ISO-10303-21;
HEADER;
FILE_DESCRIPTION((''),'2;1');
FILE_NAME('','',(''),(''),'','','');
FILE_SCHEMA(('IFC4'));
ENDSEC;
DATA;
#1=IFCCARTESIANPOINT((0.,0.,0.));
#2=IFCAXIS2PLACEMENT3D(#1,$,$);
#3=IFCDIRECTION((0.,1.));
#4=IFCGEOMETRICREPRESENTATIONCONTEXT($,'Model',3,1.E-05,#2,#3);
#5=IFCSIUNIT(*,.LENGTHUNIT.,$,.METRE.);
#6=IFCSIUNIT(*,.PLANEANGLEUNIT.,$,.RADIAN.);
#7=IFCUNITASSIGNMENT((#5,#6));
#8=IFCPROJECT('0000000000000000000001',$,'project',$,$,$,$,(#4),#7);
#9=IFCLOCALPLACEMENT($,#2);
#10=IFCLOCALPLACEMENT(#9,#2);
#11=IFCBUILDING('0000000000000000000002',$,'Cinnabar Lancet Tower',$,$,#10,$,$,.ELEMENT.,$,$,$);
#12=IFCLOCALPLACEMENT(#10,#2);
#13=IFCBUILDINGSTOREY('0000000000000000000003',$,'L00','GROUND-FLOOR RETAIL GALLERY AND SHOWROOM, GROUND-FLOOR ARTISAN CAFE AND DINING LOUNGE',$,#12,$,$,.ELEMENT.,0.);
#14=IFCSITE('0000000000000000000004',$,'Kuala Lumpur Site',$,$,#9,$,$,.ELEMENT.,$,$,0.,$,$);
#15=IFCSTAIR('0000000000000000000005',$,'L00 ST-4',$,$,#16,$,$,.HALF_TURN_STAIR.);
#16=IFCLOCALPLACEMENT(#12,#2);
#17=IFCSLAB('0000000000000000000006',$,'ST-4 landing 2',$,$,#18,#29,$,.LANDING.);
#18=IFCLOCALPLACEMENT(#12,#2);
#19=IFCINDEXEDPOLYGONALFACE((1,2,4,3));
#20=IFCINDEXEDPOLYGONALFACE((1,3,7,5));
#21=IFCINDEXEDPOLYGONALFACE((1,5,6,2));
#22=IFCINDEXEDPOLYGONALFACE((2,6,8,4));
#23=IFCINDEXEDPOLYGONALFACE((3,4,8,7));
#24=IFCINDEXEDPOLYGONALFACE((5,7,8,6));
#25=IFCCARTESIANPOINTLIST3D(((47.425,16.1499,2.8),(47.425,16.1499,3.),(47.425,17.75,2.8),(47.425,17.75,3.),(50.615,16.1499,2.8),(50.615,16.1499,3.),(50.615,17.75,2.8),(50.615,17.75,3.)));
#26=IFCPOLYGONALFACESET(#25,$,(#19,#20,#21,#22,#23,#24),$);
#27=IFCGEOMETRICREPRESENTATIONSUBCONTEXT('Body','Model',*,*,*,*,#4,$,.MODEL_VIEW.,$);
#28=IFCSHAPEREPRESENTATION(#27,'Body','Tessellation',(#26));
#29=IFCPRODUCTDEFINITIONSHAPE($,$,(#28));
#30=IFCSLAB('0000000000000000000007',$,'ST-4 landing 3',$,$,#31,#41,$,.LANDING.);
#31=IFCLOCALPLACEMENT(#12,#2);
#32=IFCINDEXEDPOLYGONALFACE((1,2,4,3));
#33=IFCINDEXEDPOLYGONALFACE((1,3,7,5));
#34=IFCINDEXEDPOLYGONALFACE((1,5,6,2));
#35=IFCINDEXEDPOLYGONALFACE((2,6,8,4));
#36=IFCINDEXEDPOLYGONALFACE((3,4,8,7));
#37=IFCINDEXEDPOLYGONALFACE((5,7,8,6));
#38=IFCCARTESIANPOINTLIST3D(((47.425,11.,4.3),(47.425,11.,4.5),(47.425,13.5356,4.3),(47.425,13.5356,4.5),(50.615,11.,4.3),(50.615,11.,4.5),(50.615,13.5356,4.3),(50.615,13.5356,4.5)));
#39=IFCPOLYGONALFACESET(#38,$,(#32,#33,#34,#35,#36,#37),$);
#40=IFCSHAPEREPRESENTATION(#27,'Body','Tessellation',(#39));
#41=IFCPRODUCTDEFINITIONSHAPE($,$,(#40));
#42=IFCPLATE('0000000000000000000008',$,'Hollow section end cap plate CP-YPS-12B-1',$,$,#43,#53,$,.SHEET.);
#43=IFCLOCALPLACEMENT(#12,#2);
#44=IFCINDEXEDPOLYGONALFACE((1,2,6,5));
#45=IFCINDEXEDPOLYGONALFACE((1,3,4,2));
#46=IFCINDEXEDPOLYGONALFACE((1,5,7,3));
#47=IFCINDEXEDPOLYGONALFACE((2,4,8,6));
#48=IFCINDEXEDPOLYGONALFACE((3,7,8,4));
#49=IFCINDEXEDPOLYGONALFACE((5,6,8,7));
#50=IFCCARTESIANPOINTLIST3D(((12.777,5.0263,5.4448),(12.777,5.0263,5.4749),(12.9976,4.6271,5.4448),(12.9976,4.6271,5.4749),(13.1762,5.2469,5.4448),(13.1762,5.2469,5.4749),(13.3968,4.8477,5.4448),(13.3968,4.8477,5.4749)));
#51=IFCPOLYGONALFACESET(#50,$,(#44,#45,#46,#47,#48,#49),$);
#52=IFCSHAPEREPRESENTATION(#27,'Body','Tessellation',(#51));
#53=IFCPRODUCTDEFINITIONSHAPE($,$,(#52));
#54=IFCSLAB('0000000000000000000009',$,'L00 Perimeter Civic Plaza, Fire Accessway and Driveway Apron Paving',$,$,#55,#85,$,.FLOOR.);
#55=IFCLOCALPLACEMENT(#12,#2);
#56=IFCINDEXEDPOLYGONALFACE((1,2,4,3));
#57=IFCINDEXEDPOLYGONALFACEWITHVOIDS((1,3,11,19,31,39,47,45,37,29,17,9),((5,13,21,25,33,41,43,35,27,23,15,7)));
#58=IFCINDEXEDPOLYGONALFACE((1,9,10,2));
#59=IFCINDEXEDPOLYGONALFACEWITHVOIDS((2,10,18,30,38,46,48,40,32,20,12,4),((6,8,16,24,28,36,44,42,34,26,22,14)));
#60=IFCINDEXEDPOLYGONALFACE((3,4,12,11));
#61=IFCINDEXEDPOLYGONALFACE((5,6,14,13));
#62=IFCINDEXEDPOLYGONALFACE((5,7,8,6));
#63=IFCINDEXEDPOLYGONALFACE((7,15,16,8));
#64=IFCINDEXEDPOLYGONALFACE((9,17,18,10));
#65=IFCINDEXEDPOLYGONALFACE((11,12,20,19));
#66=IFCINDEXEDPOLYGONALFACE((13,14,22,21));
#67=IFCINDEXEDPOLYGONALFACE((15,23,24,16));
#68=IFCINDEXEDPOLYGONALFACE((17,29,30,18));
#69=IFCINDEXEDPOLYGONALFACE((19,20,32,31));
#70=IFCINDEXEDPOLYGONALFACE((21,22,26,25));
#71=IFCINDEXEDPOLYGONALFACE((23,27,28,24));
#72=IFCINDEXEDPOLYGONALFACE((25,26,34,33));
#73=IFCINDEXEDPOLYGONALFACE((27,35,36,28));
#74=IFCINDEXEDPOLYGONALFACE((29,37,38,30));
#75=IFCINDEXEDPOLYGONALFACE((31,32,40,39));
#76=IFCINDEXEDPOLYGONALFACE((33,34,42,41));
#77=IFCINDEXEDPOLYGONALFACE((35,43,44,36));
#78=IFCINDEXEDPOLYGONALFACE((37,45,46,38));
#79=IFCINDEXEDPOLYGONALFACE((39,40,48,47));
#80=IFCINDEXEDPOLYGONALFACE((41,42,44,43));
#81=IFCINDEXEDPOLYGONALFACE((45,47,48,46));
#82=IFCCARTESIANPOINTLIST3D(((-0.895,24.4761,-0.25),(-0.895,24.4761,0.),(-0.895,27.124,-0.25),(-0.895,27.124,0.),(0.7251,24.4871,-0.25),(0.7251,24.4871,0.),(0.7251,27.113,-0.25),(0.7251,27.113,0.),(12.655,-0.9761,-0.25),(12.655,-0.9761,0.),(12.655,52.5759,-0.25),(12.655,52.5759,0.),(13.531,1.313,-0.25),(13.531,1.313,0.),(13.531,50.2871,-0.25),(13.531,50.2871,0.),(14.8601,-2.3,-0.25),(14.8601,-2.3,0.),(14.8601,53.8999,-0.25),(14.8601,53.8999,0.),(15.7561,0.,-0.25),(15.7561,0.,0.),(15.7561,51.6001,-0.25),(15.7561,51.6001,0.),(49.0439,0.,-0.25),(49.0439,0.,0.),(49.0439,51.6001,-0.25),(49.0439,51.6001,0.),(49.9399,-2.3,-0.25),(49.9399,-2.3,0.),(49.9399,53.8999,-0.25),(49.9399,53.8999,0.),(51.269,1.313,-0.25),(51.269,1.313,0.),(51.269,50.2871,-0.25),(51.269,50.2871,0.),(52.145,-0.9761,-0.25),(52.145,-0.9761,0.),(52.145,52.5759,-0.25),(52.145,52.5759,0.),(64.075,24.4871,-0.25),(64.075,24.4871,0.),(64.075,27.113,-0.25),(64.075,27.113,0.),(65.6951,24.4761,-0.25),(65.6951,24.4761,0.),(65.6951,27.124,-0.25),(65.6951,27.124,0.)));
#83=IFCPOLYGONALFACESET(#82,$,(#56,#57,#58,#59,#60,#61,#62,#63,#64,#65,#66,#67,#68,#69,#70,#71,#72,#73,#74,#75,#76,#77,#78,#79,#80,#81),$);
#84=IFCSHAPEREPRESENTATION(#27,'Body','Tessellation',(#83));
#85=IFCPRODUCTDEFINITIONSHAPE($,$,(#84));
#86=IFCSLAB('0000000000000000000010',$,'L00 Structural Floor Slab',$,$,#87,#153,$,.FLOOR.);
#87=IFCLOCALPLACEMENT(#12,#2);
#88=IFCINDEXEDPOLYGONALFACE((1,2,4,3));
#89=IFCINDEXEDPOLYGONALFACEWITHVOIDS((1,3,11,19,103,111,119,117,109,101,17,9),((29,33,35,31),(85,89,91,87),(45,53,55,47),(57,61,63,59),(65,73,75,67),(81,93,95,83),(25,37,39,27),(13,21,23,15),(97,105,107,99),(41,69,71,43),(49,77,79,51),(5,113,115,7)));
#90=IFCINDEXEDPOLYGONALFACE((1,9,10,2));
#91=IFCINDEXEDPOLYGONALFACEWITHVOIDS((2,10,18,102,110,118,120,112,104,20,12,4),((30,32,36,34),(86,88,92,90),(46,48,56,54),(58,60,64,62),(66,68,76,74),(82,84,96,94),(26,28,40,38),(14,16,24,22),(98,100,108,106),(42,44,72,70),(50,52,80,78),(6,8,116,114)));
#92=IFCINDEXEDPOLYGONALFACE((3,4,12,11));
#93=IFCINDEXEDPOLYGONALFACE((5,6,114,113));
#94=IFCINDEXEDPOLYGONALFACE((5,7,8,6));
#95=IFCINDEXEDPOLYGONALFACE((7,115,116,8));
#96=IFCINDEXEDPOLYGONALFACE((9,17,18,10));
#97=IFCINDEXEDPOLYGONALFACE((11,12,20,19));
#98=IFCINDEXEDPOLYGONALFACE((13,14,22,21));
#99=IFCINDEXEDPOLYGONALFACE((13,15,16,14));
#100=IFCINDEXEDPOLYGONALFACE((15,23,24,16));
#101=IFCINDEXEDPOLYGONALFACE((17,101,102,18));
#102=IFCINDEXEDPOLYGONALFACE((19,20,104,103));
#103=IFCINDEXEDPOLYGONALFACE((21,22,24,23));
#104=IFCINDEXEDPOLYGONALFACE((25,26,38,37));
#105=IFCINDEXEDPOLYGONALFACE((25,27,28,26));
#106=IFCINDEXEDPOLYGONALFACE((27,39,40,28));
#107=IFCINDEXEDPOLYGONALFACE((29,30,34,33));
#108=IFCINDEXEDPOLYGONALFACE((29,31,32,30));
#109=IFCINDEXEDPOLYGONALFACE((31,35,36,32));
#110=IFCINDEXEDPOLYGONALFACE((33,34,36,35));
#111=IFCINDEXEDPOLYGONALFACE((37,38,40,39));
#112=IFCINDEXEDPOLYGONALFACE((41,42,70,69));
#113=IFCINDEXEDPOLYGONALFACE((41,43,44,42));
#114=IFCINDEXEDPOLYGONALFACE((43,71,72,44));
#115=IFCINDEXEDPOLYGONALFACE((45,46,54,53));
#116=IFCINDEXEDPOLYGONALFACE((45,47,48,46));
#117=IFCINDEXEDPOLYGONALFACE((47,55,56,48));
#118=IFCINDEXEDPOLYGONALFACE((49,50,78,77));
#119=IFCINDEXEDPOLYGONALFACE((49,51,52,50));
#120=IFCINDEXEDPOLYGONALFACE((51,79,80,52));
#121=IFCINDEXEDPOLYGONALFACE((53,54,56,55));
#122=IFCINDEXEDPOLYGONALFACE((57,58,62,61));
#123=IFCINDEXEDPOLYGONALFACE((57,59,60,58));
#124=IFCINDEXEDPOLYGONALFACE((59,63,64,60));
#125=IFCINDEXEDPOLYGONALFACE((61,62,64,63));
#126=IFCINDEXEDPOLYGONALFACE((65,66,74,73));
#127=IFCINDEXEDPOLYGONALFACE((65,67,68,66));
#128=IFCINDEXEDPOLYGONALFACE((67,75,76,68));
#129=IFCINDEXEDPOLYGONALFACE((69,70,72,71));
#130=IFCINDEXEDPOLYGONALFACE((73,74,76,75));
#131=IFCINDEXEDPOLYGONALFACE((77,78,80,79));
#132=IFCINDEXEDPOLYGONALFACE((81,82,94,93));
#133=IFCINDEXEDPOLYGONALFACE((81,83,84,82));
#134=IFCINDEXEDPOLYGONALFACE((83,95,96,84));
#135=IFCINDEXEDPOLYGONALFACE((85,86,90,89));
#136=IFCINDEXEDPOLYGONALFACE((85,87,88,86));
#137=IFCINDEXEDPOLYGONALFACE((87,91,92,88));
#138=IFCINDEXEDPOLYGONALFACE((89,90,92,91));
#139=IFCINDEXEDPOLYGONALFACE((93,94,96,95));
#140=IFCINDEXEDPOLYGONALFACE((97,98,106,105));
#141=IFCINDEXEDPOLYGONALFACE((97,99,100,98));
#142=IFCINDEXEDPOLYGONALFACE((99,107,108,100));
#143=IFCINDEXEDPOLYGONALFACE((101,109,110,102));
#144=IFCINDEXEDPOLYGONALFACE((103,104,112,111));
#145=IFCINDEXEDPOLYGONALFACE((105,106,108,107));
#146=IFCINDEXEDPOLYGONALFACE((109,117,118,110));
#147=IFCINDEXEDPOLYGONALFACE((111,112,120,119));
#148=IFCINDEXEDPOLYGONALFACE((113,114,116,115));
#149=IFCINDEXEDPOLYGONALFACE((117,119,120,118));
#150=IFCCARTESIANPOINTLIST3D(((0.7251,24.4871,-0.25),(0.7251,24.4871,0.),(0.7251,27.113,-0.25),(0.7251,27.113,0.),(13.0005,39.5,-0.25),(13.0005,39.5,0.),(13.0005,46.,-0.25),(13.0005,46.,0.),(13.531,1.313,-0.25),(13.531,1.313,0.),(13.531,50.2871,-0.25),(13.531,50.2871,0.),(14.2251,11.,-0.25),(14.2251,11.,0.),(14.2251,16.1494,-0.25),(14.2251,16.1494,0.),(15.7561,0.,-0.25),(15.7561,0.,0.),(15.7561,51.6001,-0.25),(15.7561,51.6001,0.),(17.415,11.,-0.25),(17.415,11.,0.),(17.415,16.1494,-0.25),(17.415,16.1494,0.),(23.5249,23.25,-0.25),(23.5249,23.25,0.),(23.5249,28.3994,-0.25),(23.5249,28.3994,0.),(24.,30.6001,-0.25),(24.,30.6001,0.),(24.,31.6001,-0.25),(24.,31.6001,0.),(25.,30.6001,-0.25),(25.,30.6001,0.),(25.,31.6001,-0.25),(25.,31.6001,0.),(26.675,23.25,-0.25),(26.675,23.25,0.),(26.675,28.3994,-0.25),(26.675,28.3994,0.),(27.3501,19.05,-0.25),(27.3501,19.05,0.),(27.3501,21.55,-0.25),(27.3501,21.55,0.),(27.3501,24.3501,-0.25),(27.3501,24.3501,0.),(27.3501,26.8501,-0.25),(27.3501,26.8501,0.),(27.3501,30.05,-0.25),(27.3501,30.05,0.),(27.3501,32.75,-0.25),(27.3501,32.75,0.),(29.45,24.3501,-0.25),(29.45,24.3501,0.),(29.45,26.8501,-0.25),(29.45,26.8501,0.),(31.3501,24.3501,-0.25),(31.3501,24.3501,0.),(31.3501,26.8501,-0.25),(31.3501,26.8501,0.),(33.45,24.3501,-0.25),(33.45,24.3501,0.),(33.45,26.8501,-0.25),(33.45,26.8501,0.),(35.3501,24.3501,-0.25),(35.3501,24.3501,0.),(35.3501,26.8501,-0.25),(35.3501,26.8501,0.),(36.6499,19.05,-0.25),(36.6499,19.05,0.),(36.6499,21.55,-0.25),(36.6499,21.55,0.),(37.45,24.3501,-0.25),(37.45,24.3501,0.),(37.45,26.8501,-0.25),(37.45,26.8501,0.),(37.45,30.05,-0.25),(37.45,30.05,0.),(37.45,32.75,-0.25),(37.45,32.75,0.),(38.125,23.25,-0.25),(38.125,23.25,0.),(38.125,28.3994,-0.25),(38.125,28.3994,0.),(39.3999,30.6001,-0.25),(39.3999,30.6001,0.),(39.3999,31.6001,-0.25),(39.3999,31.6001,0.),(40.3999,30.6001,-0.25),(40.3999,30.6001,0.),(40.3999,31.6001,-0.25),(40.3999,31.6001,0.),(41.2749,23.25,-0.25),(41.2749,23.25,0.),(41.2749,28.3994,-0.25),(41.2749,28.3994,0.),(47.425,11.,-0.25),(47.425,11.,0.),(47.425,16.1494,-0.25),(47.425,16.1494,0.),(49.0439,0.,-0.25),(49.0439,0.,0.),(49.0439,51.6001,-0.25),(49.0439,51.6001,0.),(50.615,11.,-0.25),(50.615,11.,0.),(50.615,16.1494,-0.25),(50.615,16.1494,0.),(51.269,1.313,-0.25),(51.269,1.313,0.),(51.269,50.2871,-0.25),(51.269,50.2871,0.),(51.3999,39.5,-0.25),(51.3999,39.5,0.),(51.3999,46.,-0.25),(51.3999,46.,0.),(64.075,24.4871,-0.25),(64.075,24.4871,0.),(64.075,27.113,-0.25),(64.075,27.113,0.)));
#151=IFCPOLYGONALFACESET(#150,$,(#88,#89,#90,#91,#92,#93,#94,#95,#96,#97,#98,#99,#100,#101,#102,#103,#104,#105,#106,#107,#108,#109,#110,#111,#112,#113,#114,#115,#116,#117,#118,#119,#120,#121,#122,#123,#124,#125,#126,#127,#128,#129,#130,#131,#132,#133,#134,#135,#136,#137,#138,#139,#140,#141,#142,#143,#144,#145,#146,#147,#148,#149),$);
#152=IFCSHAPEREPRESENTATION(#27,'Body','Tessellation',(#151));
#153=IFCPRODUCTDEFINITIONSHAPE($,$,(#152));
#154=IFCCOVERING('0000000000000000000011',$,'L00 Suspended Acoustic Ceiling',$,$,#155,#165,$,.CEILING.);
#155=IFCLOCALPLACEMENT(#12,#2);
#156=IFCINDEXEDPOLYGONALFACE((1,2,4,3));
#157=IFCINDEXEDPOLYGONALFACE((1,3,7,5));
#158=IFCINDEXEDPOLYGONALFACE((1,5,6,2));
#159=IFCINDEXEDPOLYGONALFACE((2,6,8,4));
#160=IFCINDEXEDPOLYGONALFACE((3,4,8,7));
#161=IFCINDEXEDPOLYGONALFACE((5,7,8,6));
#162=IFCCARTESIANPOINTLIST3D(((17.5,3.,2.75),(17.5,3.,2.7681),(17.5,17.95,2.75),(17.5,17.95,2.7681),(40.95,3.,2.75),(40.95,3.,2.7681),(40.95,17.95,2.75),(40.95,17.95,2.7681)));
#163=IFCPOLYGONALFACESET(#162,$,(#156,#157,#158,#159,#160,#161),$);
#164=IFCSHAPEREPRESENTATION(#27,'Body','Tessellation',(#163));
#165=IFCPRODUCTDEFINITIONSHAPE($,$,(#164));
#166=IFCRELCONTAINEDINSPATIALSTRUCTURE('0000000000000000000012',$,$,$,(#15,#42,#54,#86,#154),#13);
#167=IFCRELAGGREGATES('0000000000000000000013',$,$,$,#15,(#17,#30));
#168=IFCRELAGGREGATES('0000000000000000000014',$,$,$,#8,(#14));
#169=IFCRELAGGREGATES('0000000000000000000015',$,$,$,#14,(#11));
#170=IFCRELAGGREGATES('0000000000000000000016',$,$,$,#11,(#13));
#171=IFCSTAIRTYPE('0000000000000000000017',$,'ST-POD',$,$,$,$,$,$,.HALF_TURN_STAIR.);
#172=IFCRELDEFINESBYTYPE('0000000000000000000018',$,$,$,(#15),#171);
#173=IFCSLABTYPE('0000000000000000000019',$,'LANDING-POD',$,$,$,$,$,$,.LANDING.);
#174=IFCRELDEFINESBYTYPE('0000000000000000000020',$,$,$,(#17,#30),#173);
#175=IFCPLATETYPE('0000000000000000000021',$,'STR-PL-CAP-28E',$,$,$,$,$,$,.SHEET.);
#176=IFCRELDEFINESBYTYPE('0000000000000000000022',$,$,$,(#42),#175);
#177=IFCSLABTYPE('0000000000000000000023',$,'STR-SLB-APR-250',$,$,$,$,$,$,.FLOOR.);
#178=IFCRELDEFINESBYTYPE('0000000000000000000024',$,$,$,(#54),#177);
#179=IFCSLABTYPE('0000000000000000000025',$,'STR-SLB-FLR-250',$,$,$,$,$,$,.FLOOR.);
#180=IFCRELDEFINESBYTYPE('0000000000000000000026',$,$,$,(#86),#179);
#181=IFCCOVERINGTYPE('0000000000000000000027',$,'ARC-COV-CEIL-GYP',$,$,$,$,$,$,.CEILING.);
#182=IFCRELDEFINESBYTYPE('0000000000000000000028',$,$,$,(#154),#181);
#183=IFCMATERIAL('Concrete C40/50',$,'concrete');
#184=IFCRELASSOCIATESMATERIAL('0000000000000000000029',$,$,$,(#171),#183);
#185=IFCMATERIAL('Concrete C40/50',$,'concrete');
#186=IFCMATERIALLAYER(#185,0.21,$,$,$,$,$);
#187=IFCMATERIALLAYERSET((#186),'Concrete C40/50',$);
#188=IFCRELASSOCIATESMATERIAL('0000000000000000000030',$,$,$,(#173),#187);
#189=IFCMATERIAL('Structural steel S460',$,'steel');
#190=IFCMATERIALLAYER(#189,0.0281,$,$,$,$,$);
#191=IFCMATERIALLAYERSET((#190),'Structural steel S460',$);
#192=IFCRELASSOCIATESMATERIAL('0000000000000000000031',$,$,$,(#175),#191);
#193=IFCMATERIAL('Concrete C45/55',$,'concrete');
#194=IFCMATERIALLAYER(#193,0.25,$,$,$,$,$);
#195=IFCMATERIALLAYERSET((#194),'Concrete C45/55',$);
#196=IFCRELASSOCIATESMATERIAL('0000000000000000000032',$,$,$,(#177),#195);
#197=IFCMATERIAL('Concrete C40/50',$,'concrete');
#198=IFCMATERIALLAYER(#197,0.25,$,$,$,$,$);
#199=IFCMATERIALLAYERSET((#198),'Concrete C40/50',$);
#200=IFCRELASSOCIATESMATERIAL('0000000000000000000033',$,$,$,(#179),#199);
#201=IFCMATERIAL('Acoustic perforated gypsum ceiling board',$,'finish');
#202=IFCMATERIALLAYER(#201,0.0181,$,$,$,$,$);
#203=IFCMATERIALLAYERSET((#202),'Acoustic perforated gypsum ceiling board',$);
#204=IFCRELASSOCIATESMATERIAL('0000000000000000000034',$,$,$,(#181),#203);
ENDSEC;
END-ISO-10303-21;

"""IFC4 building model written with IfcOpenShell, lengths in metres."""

from ifc_helpers import new_model, si_unit, direction, frame, origin, origin_2d, place, context, subcontext, project, spatial, polyline, rectangle, outline, extrude, material, layer, layer_set, type_object, element, aggregate, save


model = new_model("IFC4")

# Units and contexts
model_context = context("Model", 3, precision=1e-05, world=origin(), true_north=direction((0.0, 1.0)))
body_context = subcontext(model_context, "Body", "Model", "MODEL_VIEW")
ifc_project = project(units=[si_unit("LENGTHUNIT", "METRE"), si_unit("PLANEANGLEUNIT", "RADIAN")], contexts=[model_context])

# Site, building, storey
site_placement = place(None, origin())
site = spatial("IfcSite", under=ifc_project, at=site_placement, Name="Kuala Lumpur Site", CompositionType="ELEMENT", RefElevation=0.0)
building_placement = place(site_placement, origin())
building = spatial("IfcBuilding", under=site, at=building_placement, Name="Cinnabar Lancet Tower", CompositionType="ELEMENT")
storey_placement = place(building_placement, origin())
storey = spatial("IfcBuildingStorey", under=building, at=storey_placement, Name="L00", Description="GROUND-FLOOR RETAIL GALLERY AND SHOWROOM, GROUND-FLOOR ARTISAN CAFE AND DINING LOUNGE", CompositionType="ELEMENT", Elevation=0.0)

# Stair, slabs
ifc_material_1 = material(Name="Concrete C40/50", Category="concrete")
stair_type_1 = type_object("IfcStairType", Name="ST-POD", PredefinedType="HALF_TURN_STAIR", material=ifc_material_1)
ifc_material_2 = material(Name="Concrete C40/50", Category="concrete")
ifc_layer_1 = layer(ifc_material_2, 0.21)
ifc_layer_set_1 = layer_set([ifc_layer_1], Name="Concrete C40/50")
slab_type_1 = type_object("IfcSlabType", Name="LANDING-POD", PredefinedType="LANDING", material=ifc_layer_set_1)
stair_1_placement = place(storey_placement, origin())
stair_1 = element("IfcStair", 1, at=stair_1_placement, inside=storey, type_object=stair_type_1, Name="L00 ST-4", PredefinedType="HALF_TURN_STAIR")
slab_1_placement = place(storey_placement, frame((0.0, 0.0, 2.8)))
slab_1 = element("IfcSlab", 2, at=slab_1_placement, type_object=slab_type_1, Name="ST-4 landing 2", PredefinedType="LANDING", context=body_context, shape_type="SweptSolid", body=[
    extrude(outline(polyline([(47.425, 17.75), (47.425, 16.1499), (50.615, 16.1499), (50.615, 17.75), (47.425, 17.75)])), origin(), (0.0, 0.0, 1.0), 0.2),
])
slab_2_placement = place(storey_placement, frame((0.0, 0.0, 4.3)))
slab_2 = element("IfcSlab", 3, at=slab_2_placement, type_object=slab_type_1, Name="ST-4 landing 3", PredefinedType="LANDING", context=body_context, shape_type="SweptSolid", body=[
    extrude(outline(polyline([(47.425, 13.5356), (47.425, 11.0), (50.615, 11.0), (50.615, 13.5356), (47.425, 13.5356)])), origin(), (0.0, 0.0, 1.0), 0.2),
])
aggregate(stair_1, [slab_1, slab_2])

# Plate
ifc_material_3 = material(Name="Structural steel S460", Category="steel")
ifc_layer_2 = layer(ifc_material_3, 0.0281)
ifc_layer_set_2 = layer_set([ifc_layer_2], Name="Structural steel S460")
plate_type = type_object("IfcPlateType", Name="STR-PL-CAP-28E", PredefinedType="SHEET", material=ifc_layer_set_2)
plate_placement = place(storey_placement, frame((13.0869, 4.937, 5.4448), z_axis=(0.0, 0.0, 1.0), x_axis=(0.483634, -0.87527, 0.0)))
element("IfcPlate", 4, at=plate_placement, inside=storey, type_object=plate_type, Name="Hollow section end cap plate CP-YPS-12B-1", PredefinedType="SHEET", context=body_context, shape_type="SweptSolid", body=[
    extrude(rectangle(XDim=0.4561, YDim=0.4561, at=origin_2d()), origin(), (0.0, 0.0, 1.0), 0.03),
])

# Slabs
ifc_material_4 = material(Name="Concrete C45/55", Category="concrete")
ifc_layer_3 = layer(ifc_material_4, 0.25)
ifc_layer_set_3 = layer_set([ifc_layer_3], Name="Concrete C45/55")
slab_type_2 = type_object("IfcSlabType", Name="STR-SLB-APR-250", PredefinedType="FLOOR", material=ifc_layer_set_3)
slab_3_placement = place(storey_placement, frame((0.0, 0.0, -0.25)))
element("IfcSlab", 5, at=slab_3_placement, inside=storey, type_object=slab_type_2, Name="L00 Perimeter Civic Plaza, Fire Accessway and Driveway Apron Paving", PredefinedType="FLOOR", context=body_context, shape_type="SweptSolid", body=[
    extrude(outline(polyline([(12.655, -0.9761), (14.8601, -2.3), (49.9399, -2.3), (52.145, -0.9761), (65.6951, 24.4761), (65.6951, 27.124), (52.145, 52.5759), (49.9399, 53.8999), (14.8601, 53.8999), (12.655, 52.5759), (-0.895, 27.124), (-0.895, 24.4761), (12.655, -0.9761)]), holes=[polyline([(13.531, 1.313), (15.7561, 0.0), (49.0439, 0.0), (51.269, 1.313), (64.075, 24.4871), (64.075, 27.113), (51.269, 50.2871), (49.0439, 51.6001), (15.7561, 51.6001), (13.531, 50.2871), (0.7251, 27.113), (0.7251, 24.4871), (13.531, 1.313)])]), origin(), (0.0, 0.0, 1.0), 0.25),
])
ifc_material_5 = material(Name="Concrete C40/50", Category="concrete")
ifc_layer_4 = layer(ifc_material_5, 0.25)
ifc_layer_set_4 = layer_set([ifc_layer_4], Name="Concrete C40/50")
slab_type_3 = type_object("IfcSlabType", Name="STR-SLB-FLR-250", PredefinedType="FLOOR", material=ifc_layer_set_4)
slab_4_placement = place(storey_placement, frame((0.0, 0.0, -0.25)))
element("IfcSlab", 6, at=slab_4_placement, inside=storey, type_object=slab_type_3, Name="L00 Structural Floor Slab", PredefinedType="FLOOR", context=body_context, shape_type="SweptSolid", body=[
    extrude(outline(polyline([(13.531, 1.313), (15.7561, 0.0), (49.0439, 0.0), (51.269, 1.313), (64.075, 24.4871), (64.075, 27.113), (51.269, 50.2871), (49.0439, 51.6001), (15.7561, 51.6001), (13.531, 50.2871), (0.7251, 27.113), (0.7251, 24.4871), (13.531, 1.313)]), holes=[polyline([(23.5249, 23.25), (26.675, 23.25), (26.675, 28.3994), (23.5249, 28.3994), (23.5249, 23.25)]), polyline([(38.125, 23.25), (41.2749, 23.25), (41.2749, 28.3994), (38.125, 28.3994), (38.125, 23.25)]), polyline([(14.2251, 11.0), (17.415, 11.0), (17.415, 16.1494), (14.2251, 16.1494), (14.2251, 11.0)]), polyline([(47.425, 11.0), (50.615, 11.0), (50.615, 16.1494), (47.425, 16.1494), (47.425, 11.0)]), polyline([(13.0005, 39.5), (51.3999, 39.5), (51.3999, 46.0), (13.0005, 46.0), (13.0005, 39.5)]), polyline([(27.3501, 30.05), (37.45, 30.05), (37.45, 32.75), (27.3501, 32.75), (27.3501, 30.05)]), polyline([(27.3501, 19.05), (36.6499, 19.05), (36.6499, 21.55), (27.3501, 21.55), (27.3501, 19.05)]), polyline([(27.3501, 24.3501), (29.45, 24.3501), (29.45, 26.8501), (27.3501, 26.8501), (27.3501, 24.3501)]), polyline([(35.3501, 24.3501), (37.45, 24.3501), (37.45, 26.8501), (35.3501, 26.8501), (35.3501, 24.3501)]), polyline([(31.3501, 24.3501), (33.45, 24.3501), (33.45, 26.8501), (31.3501, 26.8501), (31.3501, 24.3501)]), polyline([(24.0, 30.6001), (25.0, 30.6001), (25.0, 31.6001), (24.0, 31.6001), (24.0, 30.6001)]), polyline([(39.3999, 30.6001), (40.3999, 30.6001), (40.3999, 31.6001), (39.3999, 31.6001), (39.3999, 30.6001)])]), origin(), (0.0, 0.0, 1.0), 0.25),
])

# Covering
ifc_material_6 = material(Name="Acoustic perforated gypsum ceiling board", Category="finish")
ifc_layer_5 = layer(ifc_material_6, 0.0181)
ifc_layer_set_5 = layer_set([ifc_layer_5], Name="Acoustic perforated gypsum ceiling board")
covering_type_1 = type_object("IfcCoveringType", Name="ARC-COV-CEIL-GYP", PredefinedType="CEILING", material=ifc_layer_set_5)
covering_1_placement = place(storey_placement, frame((0.0, 0.0, 2.75)))
element("IfcCovering", 7, at=covering_1_placement, inside=storey, type_object=covering_type_1, Name="L00 Suspended Acoustic Ceiling", PredefinedType="CEILING", context=body_context, shape_type="SweptSolid", body=[
    extrude(outline(polyline([(17.5, 3.0), (40.95, 3.0), (40.95, 17.95), (17.5, 17.95), (17.5, 3.0)])), origin(), (0.0, 0.0, 1.0), 0.0181),
])

save(model, "model.ifc")
